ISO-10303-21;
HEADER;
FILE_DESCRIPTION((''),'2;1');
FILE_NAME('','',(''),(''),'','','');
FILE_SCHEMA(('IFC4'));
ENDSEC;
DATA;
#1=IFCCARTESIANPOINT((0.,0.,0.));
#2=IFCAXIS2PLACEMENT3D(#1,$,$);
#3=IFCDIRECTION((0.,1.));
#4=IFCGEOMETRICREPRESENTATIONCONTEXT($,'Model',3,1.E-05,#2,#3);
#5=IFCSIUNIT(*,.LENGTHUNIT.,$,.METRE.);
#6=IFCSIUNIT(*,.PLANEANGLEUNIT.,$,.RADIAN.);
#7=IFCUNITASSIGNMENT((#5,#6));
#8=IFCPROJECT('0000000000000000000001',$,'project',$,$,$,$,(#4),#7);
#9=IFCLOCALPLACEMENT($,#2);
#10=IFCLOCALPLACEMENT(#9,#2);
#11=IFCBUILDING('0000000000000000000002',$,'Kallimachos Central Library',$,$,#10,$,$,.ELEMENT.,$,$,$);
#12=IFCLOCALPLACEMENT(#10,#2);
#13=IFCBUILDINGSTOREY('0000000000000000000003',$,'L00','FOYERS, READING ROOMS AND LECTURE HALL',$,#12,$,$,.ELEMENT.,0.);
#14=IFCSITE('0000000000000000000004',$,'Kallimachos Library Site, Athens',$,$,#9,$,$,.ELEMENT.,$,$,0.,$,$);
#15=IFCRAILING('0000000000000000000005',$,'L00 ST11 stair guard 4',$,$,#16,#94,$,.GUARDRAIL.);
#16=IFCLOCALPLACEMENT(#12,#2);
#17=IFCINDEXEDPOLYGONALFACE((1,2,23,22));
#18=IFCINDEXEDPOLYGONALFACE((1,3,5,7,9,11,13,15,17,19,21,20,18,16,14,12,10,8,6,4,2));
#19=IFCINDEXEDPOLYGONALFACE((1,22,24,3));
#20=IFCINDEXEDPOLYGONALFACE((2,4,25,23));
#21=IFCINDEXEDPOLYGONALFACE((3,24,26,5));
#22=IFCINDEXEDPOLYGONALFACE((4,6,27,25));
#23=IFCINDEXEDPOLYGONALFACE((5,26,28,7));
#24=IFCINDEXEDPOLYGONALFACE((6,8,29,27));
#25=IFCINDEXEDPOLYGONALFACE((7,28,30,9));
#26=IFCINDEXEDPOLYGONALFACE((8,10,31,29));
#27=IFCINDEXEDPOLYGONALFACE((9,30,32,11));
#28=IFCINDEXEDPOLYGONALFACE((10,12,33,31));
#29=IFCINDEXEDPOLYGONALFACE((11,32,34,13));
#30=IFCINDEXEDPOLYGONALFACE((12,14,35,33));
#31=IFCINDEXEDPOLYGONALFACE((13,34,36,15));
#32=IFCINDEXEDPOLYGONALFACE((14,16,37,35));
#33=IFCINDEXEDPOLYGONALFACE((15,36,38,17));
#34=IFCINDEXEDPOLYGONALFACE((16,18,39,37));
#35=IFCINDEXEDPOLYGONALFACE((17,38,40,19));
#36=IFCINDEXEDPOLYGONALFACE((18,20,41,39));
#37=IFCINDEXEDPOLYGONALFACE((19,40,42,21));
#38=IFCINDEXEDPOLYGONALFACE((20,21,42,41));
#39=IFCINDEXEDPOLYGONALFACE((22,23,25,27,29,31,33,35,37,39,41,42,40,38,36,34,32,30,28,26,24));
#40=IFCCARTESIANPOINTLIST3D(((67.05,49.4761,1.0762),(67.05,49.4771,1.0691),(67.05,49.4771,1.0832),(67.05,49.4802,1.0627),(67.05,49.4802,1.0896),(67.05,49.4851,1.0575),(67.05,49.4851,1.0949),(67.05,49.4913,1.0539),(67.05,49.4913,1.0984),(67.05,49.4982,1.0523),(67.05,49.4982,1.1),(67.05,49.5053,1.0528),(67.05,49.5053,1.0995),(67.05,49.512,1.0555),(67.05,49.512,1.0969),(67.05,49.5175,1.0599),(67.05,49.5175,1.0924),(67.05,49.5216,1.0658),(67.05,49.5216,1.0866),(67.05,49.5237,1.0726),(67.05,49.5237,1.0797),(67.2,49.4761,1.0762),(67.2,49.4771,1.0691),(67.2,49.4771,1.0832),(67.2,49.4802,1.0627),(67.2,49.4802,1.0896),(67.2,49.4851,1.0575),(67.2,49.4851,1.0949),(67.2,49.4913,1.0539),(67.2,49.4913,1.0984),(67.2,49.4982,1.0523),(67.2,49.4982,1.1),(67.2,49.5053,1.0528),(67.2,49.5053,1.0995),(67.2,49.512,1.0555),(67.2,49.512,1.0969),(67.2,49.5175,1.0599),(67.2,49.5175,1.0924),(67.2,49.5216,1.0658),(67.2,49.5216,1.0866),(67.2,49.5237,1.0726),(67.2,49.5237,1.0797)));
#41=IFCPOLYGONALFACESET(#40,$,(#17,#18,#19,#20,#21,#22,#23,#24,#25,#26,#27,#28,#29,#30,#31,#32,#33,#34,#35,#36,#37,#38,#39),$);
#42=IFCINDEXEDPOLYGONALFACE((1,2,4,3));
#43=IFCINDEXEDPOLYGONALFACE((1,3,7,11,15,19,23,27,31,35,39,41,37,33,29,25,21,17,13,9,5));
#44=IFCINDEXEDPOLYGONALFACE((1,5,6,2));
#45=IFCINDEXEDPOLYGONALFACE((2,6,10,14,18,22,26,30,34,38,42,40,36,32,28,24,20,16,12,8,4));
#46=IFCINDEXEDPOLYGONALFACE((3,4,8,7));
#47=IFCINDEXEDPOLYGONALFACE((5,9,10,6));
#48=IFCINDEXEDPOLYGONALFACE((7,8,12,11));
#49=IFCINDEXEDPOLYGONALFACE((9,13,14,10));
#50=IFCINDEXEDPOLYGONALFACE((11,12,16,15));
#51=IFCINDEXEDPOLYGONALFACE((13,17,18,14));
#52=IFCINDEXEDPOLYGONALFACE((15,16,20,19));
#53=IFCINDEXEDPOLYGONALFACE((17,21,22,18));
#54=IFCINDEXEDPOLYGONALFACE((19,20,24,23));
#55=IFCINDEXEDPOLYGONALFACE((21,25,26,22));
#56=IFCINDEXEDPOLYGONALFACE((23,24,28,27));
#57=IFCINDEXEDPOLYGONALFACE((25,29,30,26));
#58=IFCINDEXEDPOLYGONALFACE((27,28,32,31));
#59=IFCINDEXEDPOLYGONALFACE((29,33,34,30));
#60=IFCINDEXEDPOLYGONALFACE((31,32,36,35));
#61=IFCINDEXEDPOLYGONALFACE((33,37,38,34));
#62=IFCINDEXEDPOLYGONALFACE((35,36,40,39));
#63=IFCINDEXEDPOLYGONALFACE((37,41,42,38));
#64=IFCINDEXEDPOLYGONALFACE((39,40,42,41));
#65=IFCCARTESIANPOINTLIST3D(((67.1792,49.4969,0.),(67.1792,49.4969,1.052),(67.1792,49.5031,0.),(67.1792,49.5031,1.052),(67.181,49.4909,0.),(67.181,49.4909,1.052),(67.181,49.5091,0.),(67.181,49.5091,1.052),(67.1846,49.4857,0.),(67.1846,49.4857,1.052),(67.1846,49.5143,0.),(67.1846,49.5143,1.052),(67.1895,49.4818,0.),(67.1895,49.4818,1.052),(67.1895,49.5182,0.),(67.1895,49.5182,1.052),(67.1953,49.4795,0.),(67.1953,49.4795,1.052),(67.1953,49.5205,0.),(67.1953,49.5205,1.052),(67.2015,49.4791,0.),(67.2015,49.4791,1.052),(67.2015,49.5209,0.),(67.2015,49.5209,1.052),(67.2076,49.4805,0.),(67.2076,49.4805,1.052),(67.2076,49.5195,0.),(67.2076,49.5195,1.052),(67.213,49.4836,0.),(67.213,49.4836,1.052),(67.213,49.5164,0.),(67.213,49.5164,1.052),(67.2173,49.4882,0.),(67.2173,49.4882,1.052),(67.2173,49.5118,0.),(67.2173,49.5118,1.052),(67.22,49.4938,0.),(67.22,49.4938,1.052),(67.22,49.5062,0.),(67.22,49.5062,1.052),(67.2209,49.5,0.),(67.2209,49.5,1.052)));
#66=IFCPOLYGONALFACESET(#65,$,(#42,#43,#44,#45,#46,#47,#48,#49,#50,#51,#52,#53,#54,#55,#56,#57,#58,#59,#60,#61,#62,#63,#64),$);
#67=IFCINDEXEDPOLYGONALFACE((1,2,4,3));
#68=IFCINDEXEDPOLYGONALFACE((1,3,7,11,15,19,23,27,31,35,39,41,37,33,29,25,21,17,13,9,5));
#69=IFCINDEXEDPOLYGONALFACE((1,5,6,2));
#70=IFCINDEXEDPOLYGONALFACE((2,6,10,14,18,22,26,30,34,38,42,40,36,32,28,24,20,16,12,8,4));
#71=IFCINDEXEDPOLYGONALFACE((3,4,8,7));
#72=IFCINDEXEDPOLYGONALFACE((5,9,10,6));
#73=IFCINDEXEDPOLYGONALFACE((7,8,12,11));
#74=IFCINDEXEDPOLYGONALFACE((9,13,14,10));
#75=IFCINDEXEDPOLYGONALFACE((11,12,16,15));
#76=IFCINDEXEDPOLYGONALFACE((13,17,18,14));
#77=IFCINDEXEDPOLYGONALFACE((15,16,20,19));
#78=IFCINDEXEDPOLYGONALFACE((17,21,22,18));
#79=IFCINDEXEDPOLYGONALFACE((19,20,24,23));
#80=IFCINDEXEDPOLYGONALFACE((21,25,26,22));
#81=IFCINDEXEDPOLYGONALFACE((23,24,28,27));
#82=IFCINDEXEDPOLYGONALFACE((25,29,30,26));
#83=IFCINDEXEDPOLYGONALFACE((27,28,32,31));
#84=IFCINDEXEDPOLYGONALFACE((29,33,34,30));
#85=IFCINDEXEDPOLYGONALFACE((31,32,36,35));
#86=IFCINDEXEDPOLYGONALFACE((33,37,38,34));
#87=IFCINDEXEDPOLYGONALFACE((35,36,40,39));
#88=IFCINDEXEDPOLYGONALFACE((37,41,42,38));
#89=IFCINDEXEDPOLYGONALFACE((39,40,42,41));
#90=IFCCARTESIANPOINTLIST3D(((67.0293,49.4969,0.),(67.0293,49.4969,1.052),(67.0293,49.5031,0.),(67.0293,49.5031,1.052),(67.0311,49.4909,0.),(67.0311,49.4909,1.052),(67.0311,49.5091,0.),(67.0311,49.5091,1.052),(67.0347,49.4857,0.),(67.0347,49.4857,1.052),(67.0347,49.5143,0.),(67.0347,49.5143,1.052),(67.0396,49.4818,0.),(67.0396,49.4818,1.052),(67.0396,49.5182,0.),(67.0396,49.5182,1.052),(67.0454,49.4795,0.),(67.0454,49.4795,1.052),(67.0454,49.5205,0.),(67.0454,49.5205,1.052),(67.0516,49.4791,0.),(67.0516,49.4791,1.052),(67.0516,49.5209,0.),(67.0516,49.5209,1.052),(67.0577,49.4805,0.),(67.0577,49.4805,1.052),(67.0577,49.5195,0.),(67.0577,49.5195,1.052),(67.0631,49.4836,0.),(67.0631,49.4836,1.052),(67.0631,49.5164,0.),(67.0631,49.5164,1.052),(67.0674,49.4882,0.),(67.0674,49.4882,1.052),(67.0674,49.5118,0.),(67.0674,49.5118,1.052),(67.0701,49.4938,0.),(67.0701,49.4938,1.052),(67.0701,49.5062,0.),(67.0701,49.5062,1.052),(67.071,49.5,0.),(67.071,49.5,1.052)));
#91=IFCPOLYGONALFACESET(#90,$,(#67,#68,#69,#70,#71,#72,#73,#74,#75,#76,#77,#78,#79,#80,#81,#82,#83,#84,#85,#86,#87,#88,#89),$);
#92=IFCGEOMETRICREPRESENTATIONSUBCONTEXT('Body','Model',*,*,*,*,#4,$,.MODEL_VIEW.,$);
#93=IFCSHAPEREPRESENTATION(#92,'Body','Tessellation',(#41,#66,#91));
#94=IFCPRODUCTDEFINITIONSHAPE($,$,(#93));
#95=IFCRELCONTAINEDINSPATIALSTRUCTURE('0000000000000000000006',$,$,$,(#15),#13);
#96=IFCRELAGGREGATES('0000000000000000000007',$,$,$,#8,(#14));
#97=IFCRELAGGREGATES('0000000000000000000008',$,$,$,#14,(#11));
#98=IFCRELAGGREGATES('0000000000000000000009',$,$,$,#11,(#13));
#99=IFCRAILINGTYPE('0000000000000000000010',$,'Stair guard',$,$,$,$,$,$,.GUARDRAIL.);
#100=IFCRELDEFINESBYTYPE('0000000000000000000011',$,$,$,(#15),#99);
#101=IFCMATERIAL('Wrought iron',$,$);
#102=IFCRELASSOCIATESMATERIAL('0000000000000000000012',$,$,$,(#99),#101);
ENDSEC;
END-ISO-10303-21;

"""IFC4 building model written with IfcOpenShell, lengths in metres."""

from ifc_helpers import new_model, si_unit, direction, frame, origin, origin_2d, place, context, subcontext, project, spatial, circle, extrude, material, type_object, element, save


model = new_model("IFC4")

# Units and contexts
model_context = context("Model", 3, precision=1e-05, world=origin(), true_north=direction((0.0, 1.0)))
body_context = subcontext(model_context, "Body", "Model", "MODEL_VIEW")
ifc_project = project(units=[si_unit("LENGTHUNIT", "METRE"), si_unit("PLANEANGLEUNIT", "RADIAN")], contexts=[model_context])

# Site, building, storey
site_placement = place(None, origin())
site = spatial("IfcSite", under=ifc_project, at=site_placement, Name="Kallimachos Library Site, Athens", CompositionType="ELEMENT", RefElevation=0.0)
building_placement = place(site_placement, origin())
building = spatial("IfcBuilding", under=site, at=building_placement, Name="Kallimachos Central Library", CompositionType="ELEMENT")
storey_placement = place(building_placement, origin())
storey = spatial("IfcBuildingStorey", under=building, at=storey_placement, Name="L00", Description="FOYERS, READING ROOMS AND LECTURE HALL", CompositionType="ELEMENT", Elevation=0.0)

# Railing
ifc_material_1 = material(Name="Wrought iron")
railing_type_1 = type_object("IfcRailingType", Name="Stair guard", PredefinedType="GUARDRAIL", material=ifc_material_1)
railing_1_placement = place(storey_placement, frame((67.2, 49.5, 0.0)))
element("IfcRailing", 1, at=railing_1_placement, inside=storey, type_object=railing_type_1, Name="L00 ST11 stair guard 4", PredefinedType="GUARDRAIL", context=body_context, shape_type="SweptSolid", body=[
    extrude(circle(Radius=0.0239, at=origin_2d()), frame((0.0, 0.0, 1.0762), z_axis=(-1.0, 0.0, 0.0), x_axis=(0.0, -1.0, 0.0)), (0.0, 0.0, 1.0), 0.1499),
    extrude(circle(Radius=0.021, at=origin_2d()), origin(), (0.0, 0.0, 1.0), 1.052),
    extrude(circle(Radius=0.021, at=origin_2d()), frame((-0.1499, 0.0, 0.0)), (0.0, 0.0, 1.0), 1.052),
])

save(model, "model.ifc")
